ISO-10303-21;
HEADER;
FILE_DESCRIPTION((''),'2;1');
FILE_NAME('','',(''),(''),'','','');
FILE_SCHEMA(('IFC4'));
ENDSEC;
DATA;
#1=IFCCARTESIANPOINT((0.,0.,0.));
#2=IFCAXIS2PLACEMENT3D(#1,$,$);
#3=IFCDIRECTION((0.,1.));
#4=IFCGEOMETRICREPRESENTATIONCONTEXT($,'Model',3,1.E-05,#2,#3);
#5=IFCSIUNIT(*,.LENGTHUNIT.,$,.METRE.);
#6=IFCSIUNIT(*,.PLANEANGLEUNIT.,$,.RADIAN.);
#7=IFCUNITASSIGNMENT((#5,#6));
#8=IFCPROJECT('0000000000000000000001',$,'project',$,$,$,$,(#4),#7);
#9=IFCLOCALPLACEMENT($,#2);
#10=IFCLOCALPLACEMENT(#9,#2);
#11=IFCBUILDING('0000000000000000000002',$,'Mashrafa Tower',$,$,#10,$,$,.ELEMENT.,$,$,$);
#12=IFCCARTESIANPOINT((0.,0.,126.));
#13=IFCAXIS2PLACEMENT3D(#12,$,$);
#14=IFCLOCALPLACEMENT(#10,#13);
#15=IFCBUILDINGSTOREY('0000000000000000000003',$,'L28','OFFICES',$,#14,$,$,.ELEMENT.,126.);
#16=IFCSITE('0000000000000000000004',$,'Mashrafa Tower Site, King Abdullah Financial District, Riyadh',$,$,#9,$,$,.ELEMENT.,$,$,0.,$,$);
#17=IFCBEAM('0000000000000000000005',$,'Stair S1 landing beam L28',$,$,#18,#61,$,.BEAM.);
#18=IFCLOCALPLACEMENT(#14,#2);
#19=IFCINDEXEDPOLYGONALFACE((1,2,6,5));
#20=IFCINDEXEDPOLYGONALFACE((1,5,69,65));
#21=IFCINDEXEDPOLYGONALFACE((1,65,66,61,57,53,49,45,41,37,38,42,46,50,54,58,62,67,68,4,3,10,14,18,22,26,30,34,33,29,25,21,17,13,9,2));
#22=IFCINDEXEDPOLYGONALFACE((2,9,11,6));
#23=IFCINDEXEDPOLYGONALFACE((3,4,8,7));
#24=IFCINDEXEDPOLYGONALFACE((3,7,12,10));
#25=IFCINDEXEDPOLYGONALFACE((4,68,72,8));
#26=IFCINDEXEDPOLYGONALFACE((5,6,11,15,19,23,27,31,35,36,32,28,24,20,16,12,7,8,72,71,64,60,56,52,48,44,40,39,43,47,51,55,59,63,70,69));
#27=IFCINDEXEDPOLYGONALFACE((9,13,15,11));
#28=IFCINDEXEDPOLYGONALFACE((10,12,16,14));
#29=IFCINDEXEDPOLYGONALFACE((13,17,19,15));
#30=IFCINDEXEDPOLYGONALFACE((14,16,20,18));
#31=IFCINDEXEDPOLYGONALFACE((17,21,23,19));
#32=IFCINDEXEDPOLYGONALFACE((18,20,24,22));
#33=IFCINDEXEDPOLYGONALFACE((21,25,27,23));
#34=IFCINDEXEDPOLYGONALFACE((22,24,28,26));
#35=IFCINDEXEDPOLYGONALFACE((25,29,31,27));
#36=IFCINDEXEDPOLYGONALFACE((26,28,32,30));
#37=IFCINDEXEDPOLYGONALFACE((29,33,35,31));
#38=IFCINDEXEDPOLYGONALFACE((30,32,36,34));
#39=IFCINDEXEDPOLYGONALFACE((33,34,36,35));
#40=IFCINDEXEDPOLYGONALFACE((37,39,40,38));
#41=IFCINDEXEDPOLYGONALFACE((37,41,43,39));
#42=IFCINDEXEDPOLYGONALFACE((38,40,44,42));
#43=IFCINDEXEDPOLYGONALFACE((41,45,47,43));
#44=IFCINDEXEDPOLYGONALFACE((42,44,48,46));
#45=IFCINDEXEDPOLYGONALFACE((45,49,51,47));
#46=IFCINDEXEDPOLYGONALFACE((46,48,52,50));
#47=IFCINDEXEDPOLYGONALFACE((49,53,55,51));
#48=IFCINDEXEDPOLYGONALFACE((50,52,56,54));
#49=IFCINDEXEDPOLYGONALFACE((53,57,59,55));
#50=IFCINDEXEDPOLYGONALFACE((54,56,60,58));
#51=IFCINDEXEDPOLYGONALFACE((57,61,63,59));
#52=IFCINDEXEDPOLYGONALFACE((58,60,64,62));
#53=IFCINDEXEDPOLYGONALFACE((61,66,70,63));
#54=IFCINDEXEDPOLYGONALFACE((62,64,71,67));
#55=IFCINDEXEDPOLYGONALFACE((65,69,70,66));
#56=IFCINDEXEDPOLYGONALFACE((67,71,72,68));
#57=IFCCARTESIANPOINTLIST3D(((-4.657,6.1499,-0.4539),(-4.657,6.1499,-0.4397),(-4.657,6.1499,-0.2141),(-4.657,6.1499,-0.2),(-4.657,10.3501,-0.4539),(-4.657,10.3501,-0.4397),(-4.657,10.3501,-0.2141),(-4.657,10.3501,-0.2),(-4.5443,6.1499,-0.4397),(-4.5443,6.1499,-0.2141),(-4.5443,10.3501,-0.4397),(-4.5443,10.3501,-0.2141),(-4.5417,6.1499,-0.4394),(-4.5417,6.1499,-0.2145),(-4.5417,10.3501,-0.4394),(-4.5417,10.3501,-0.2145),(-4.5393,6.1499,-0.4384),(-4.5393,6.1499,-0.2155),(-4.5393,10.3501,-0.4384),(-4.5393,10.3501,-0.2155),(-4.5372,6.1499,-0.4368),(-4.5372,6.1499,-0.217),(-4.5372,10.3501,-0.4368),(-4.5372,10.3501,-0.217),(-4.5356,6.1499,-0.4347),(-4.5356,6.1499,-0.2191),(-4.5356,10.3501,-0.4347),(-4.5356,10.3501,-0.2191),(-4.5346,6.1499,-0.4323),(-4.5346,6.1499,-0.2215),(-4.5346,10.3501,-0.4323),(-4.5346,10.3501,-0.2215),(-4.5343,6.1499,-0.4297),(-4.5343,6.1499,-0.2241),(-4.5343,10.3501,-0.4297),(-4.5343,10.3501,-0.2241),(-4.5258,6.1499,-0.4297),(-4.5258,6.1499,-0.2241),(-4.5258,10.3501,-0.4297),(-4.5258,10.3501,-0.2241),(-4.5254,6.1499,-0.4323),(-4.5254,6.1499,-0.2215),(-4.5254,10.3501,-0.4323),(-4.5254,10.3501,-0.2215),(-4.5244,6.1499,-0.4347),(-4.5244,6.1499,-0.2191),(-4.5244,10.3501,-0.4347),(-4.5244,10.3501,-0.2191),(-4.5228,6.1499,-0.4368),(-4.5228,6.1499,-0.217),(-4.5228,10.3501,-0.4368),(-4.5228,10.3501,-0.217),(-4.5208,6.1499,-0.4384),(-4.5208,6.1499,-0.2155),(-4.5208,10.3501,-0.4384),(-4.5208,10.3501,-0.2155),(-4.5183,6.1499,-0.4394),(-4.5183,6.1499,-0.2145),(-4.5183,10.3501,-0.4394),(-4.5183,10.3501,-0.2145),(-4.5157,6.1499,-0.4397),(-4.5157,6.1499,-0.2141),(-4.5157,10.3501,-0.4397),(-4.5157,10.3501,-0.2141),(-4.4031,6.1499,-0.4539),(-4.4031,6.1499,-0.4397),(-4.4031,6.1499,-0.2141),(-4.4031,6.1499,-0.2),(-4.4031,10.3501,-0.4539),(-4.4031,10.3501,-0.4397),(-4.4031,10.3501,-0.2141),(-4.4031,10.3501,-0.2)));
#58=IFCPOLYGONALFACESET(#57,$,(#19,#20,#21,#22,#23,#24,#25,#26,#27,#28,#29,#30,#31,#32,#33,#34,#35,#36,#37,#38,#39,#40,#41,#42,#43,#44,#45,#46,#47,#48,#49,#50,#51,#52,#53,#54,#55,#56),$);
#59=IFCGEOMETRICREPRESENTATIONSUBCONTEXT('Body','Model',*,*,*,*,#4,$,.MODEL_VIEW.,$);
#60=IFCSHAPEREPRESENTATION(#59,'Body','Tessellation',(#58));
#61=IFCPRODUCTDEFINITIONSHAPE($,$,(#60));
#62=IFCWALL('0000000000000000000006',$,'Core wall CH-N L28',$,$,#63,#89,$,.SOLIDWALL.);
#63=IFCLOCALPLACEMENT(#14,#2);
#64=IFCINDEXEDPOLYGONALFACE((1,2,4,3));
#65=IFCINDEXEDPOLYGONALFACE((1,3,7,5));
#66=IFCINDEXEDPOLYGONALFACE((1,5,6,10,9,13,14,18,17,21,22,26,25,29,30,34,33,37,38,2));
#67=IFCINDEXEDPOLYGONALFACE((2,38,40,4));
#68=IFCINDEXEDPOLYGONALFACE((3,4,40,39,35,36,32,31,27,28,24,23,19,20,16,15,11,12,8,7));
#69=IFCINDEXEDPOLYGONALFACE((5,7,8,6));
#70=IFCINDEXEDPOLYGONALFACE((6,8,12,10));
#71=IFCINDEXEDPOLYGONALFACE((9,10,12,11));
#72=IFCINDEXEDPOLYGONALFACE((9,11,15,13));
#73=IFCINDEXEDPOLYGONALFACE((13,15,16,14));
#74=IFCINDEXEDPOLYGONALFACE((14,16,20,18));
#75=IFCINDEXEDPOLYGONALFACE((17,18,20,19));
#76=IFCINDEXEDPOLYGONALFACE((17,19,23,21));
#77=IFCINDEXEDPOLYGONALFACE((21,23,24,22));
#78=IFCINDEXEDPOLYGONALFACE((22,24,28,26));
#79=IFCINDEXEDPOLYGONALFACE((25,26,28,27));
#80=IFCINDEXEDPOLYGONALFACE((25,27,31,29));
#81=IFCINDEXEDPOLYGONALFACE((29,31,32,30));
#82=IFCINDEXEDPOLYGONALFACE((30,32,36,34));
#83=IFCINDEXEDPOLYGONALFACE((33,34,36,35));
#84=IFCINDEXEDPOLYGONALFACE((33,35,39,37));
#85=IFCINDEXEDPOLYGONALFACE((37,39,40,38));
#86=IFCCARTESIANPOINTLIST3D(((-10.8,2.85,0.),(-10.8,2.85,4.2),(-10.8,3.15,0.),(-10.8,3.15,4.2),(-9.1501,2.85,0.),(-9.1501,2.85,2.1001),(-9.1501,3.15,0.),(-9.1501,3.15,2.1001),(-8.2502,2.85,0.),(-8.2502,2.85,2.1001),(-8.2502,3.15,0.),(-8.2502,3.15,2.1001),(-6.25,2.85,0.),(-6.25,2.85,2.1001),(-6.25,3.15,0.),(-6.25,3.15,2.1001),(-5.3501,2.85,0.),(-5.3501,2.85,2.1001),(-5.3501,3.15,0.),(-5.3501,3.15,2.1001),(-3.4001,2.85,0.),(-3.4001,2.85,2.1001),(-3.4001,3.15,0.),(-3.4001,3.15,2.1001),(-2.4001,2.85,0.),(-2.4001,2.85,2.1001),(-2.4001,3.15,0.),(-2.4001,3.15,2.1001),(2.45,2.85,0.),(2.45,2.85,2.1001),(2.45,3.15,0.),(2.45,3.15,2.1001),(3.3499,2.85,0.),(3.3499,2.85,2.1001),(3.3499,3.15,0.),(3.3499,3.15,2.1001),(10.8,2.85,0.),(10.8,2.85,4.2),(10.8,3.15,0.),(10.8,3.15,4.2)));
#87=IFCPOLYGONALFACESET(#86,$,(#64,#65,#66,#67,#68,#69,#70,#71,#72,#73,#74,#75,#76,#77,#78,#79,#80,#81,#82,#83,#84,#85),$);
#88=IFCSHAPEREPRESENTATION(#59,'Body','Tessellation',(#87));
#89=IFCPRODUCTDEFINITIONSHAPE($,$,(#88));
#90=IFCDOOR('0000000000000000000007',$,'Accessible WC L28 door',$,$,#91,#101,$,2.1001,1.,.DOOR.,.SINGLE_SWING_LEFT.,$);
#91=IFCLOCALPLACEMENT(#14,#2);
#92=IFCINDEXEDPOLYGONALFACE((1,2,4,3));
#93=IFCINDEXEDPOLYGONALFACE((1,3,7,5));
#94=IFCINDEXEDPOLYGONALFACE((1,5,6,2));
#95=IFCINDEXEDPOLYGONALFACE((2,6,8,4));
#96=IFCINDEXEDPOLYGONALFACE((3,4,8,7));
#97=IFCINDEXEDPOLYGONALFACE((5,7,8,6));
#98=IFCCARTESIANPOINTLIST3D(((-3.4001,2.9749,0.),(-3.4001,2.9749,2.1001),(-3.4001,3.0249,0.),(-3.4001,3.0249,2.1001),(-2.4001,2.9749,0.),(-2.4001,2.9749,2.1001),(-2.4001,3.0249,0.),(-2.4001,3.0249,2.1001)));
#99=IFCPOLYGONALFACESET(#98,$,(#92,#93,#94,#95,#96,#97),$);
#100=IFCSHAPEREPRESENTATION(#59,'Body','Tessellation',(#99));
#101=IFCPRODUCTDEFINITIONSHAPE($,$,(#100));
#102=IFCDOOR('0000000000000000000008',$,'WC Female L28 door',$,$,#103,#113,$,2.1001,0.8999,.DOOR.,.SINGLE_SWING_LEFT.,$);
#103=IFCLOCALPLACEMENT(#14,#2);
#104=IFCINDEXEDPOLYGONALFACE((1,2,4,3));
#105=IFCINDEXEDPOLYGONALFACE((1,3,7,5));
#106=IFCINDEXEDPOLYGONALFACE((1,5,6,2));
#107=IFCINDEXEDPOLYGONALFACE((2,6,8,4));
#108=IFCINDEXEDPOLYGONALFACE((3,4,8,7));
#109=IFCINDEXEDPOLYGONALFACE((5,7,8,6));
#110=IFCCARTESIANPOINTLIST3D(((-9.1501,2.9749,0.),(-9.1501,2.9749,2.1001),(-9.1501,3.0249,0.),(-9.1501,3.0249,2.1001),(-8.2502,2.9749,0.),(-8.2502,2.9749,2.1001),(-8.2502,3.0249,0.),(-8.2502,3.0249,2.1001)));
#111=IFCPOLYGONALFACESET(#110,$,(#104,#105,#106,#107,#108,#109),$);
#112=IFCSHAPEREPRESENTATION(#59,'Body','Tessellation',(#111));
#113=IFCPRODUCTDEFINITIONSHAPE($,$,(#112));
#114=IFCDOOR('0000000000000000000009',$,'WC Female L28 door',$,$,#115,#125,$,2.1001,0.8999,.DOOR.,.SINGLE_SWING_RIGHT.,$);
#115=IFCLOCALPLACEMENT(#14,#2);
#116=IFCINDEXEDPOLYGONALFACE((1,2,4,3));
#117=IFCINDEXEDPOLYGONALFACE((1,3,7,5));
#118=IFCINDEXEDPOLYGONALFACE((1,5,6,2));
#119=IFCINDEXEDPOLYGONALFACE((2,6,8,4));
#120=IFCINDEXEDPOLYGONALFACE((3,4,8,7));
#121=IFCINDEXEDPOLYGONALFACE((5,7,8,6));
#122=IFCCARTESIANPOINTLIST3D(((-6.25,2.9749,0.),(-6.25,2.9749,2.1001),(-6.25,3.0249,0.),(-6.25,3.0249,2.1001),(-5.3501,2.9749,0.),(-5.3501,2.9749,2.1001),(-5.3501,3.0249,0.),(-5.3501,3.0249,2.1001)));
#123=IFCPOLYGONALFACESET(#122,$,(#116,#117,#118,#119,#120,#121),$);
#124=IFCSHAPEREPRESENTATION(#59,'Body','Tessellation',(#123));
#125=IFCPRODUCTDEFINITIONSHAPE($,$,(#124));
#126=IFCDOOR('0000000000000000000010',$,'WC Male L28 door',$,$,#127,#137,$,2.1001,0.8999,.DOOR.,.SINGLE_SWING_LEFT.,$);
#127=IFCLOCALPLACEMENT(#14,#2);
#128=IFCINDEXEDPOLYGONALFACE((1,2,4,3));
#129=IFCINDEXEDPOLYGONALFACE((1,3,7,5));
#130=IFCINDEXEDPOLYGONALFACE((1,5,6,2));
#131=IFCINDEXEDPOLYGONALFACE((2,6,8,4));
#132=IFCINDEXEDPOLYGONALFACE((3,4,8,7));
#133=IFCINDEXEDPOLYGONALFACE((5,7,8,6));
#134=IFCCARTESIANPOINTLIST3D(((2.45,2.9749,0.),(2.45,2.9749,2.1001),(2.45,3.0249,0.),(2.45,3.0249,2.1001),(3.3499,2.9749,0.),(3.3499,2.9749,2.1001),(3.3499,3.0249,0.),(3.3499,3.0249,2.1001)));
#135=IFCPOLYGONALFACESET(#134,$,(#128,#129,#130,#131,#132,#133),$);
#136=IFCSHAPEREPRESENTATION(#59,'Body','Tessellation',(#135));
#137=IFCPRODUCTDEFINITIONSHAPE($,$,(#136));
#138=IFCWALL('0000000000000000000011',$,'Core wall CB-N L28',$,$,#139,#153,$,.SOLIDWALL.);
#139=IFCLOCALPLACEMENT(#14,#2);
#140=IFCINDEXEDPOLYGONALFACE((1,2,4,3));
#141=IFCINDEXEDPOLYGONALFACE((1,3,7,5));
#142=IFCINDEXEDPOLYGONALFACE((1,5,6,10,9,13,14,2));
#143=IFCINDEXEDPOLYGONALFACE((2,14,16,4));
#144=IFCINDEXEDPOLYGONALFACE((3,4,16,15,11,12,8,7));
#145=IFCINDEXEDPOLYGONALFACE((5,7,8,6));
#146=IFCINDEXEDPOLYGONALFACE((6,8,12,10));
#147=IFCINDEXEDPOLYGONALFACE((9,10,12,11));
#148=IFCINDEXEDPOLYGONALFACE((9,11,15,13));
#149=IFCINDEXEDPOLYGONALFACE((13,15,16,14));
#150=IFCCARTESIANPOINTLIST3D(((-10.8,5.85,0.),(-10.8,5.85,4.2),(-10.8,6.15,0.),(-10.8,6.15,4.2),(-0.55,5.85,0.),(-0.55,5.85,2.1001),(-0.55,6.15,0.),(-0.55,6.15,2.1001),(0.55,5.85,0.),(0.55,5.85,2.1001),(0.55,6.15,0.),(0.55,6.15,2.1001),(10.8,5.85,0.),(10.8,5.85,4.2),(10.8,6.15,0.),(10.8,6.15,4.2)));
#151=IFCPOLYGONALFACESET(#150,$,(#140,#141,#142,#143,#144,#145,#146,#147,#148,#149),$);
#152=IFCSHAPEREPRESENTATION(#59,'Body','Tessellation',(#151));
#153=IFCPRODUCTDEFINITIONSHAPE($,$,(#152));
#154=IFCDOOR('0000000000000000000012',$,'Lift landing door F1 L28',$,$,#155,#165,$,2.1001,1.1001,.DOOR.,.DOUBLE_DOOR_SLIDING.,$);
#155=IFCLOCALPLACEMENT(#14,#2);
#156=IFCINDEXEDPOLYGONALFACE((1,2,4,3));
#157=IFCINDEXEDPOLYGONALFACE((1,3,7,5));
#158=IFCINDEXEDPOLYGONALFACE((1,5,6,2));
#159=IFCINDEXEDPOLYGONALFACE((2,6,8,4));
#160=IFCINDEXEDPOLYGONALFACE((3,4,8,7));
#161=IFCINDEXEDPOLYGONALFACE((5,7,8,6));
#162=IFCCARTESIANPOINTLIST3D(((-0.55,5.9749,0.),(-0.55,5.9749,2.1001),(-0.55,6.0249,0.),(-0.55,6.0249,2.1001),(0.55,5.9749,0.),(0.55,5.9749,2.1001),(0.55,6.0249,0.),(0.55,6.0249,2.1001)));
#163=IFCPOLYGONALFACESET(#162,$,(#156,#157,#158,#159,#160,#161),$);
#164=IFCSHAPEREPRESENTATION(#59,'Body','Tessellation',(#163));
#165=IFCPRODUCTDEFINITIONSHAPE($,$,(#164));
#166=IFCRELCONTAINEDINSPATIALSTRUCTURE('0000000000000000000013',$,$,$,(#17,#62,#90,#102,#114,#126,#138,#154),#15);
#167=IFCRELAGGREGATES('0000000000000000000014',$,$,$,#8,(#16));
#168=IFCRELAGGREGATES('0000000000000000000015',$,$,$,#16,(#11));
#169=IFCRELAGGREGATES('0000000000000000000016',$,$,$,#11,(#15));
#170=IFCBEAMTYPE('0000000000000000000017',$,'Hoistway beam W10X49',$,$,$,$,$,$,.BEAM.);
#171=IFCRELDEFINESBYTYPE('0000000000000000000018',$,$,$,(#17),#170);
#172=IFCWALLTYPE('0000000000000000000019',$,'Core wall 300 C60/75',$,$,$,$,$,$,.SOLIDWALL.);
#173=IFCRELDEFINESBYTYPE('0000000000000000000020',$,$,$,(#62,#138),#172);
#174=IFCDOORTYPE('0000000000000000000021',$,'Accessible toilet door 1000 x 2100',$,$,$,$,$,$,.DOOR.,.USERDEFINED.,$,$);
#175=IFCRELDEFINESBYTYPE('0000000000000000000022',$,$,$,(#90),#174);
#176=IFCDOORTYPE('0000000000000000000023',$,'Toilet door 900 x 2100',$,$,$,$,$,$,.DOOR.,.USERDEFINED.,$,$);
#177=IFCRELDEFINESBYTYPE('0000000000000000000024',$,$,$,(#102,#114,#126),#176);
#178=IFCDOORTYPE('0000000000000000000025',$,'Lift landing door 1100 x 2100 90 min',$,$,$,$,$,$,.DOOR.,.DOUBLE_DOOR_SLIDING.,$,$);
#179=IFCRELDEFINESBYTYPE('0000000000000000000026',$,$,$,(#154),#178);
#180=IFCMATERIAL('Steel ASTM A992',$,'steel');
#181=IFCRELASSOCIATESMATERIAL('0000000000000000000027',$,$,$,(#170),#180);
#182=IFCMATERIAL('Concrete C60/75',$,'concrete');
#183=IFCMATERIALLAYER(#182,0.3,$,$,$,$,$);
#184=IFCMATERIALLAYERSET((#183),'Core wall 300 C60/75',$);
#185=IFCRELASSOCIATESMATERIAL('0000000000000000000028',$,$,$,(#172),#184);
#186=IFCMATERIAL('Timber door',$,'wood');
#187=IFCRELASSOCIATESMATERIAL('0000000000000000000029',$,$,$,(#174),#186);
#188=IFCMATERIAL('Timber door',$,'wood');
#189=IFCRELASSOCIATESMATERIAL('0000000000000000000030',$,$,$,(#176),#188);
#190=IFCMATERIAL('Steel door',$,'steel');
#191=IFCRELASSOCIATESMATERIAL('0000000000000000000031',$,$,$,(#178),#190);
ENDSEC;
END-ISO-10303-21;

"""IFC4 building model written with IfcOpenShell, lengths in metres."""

from ifc_helpers import new_model, si_unit, direction, frame, frame_2d, origin, origin_2d, place, context, subcontext, project, spatial, rectangle, i_section, extrude, material, layer, layer_set, material_profile, profile_set, type_object, element, fill, save


model = new_model("IFC4")

# Units and contexts
model_context = context("Model", 3, precision=1e-05, world=origin(), true_north=direction((0.0, 1.0)))
body_context = subcontext(model_context, "Body", "Model", "MODEL_VIEW")
ifc_project = project(units=[si_unit("LENGTHUNIT", "METRE"), si_unit("PLANEANGLEUNIT", "RADIAN")], contexts=[model_context])

# Site, building, storey
site_placement = place(None, origin())
site = spatial("IfcSite", under=ifc_project, at=site_placement, Name="Mashrafa Tower Site, King Abdullah Financial District, Riyadh", CompositionType="ELEMENT", RefElevation=0.0)
building_placement = place(site_placement, origin())
building = spatial("IfcBuilding", under=site, at=building_placement, Name="Mashrafa Tower", CompositionType="ELEMENT")
storey_placement = place(building_placement, frame((0.0, 0.0, 126.0)))
storey = spatial("IfcBuildingStorey", under=building, at=storey_placement, Name="L28", Description="OFFICES", CompositionType="ELEMENT", Elevation=126.0)

# Beam
ifc_material_1 = material(Name="Steel ASTM A992", Category="steel")
ifc_material_profile_1 = material_profile(ifc_material_1, i_section(OverallWidth=0.2539, OverallDepth=0.2539, WebThickness=0.0085, FlangeThickness=0.0142, FilletRadius=0.01, at=origin_2d()), Name="W10X49")
ifc_profile_set_1 = profile_set([ifc_material_profile_1], Name="Steel ASTM A992")
beam_type_1 = type_object("IfcBeamType", Name="Hoistway beam W10X49", PredefinedType="BEAM", material=ifc_profile_set_1)
beam_1_placement = place(storey_placement, frame((-4.53, 6.1499, -0.3269), z_axis=(0.0, 1.0, 0.0), x_axis=(-1.0, 0.0, 0.0)))
element("IfcBeam", 1, at=beam_1_placement, inside=storey, type_object=beam_type_1, Name="Stair S1 landing beam L28", PredefinedType="BEAM", context=body_context, shape_type="SweptSolid", body=[
    extrude(i_section(OverallWidth=0.2539, OverallDepth=0.2539, WebThickness=0.0085, FlangeThickness=0.0142, FilletRadius=0.01, at=origin_2d()), origin(), (0.0, 0.0, 1.0), 4.2002),
])

# Wall, openings, doors
ifc_material_2 = material(Name="Concrete C60/75", Category="concrete")
ifc_layer_1 = layer(ifc_material_2, 0.3)
ifc_layer_set_1 = layer_set([ifc_layer_1], Name="Core wall 300 C60/75")
wall_type_1 = type_object("IfcWallType", Name="Core wall 300 C60/75", PredefinedType="SOLIDWALL", material=ifc_layer_set_1)
wall_1_placement = place(storey_placement, frame((-10.8, 3.0, 0.0), z_axis=(0.0, 0.0, 1.0), x_axis=(1.0, 0.0, 0.0)))
wall_1 = element("IfcWall", 2, at=wall_1_placement, inside=storey, type_object=wall_type_1, Name="Core wall CH-N L28", PredefinedType="SOLIDWALL", context=body_context, shape_type="SweptSolid", body=[
    extrude(rectangle(XDim=21.6001, YDim=0.3, at=frame_2d((10.8, 0.0))), origin(), (0.0, 0.0, 1.0), 4.2),
])
opening_1_placement = place(wall_1_placement, frame((1.6499, 0.0, 0.0)))
opening_1 = element("IfcOpeningElement", 3, at=opening_1_placement, cuts=wall_1, PredefinedType="OPENING", context=body_context, shape_type="SweptSolid", body=[
    extrude(rectangle(XDim=0.8999, YDim=2.1001, at=frame_2d((0.45, 1.05))), frame((0.0, 0.1599, 0.0), z_axis=(0.0, -1.0, 0.0), x_axis=(1.0, 0.0, 0.0)), (0.0, 0.0, 1.0), 0.3201),
])
opening_2_placement = place(wall_1_placement, frame((4.55, 0.0, 0.0)))
opening_2 = element("IfcOpeningElement", 4, at=opening_2_placement, cuts=wall_1, PredefinedType="OPENING", context=body_context, shape_type="SweptSolid", body=[
    extrude(rectangle(XDim=0.8999, YDim=2.1001, at=frame_2d((0.45, 1.05))), frame((0.0, 0.1599, 0.0), z_axis=(0.0, -1.0, 0.0), x_axis=(1.0, 0.0, 0.0)), (0.0, 0.0, 1.0), 0.3201),
])
opening_3_placement = place(wall_1_placement, frame((7.3999, 0.0, 0.0)))
opening_3 = element("IfcOpeningElement", 5, at=opening_3_placement, cuts=wall_1, PredefinedType="OPENING", context=body_context, shape_type="SweptSolid", body=[
    extrude(rectangle(XDim=1.0, YDim=2.1001, at=frame_2d((0.5, 1.05))), frame((0.0, 0.1599, 0.0), z_axis=(0.0, -1.0, 0.0), x_axis=(1.0, 0.0, 0.0)), (0.0, 0.0, 1.0), 0.3201),
])
opening_4_placement = place(wall_1_placement, frame((13.25, 0.0, 0.0)))
opening_4 = element("IfcOpeningElement", 6, at=opening_4_placement, cuts=wall_1, PredefinedType="OPENING", context=body_context, shape_type="SweptSolid", body=[
    extrude(rectangle(XDim=0.8999, YDim=2.1001, at=frame_2d((0.45, 1.05))), frame((0.0, 0.1599, 0.0), z_axis=(0.0, -1.0, 0.0), x_axis=(1.0, 0.0, 0.0)), (0.0, 0.0, 1.0), 0.3201),
])
ifc_material_3 = material(Name="Timber door", Category="wood")
door_type_1 = type_object("IfcDoorType", Name="Accessible toilet door 1000 x 2100", OperationType="USERDEFINED", PredefinedType="DOOR", material=ifc_material_3)
door_1_placement = place(opening_3_placement, origin())
door_1 = element("IfcDoor", 7, at=door_1_placement, inside=storey, type_object=door_type_1, Name="Accessible WC L28 door", OperationType="SINGLE_SWING_LEFT", OverallHeight=2.1001, OverallWidth=1.0, PredefinedType="DOOR", context=body_context, shape_type="SweptSolid", body=[
    extrude(rectangle(XDim=1.0, YDim=2.1001, at=frame_2d((0.5, 1.05))), frame((0.0, 0.0249, 0.0), z_axis=(0.0, -1.0, 0.0), x_axis=(1.0, 0.0, 0.0)), (0.0, 0.0, 1.0), 0.05),
])
fill(opening_3, door_1)
ifc_material_4 = material(Name="Timber door", Category="wood")
door_type_2 = type_object("IfcDoorType", Name="Toilet door 900 x 2100", OperationType="USERDEFINED", PredefinedType="DOOR", material=ifc_material_4)
door_2_placement = place(opening_1_placement, origin())
door_2 = element("IfcDoor", 8, at=door_2_placement, inside=storey, type_object=door_type_2, Name="WC Female L28 door", OperationType="SINGLE_SWING_LEFT", OverallHeight=2.1001, OverallWidth=0.8999, PredefinedType="DOOR", context=body_context, shape_type="SweptSolid", body=[
    extrude(rectangle(XDim=0.8999, YDim=2.1001, at=frame_2d((0.45, 1.05))), frame((0.0, 0.0249, 0.0), z_axis=(0.0, -1.0, 0.0), x_axis=(1.0, 0.0, 0.0)), (0.0, 0.0, 1.0), 0.05),
])
fill(opening_1, door_2)
door_3_placement = place(opening_2_placement, origin())
door_3 = element("IfcDoor", 9, at=door_3_placement, inside=storey, type_object=door_type_2, Name="WC Female L28 door", OperationType="SINGLE_SWING_RIGHT", OverallHeight=2.1001, OverallWidth=0.8999, PredefinedType="DOOR", context=body_context, shape_type="SweptSolid", body=[
    extrude(rectangle(XDim=0.8999, YDim=2.1001, at=frame_2d((0.45, 1.05))), frame((0.0, 0.0249, 0.0), z_axis=(0.0, -1.0, 0.0), x_axis=(1.0, 0.0, 0.0)), (0.0, 0.0, 1.0), 0.05),
])
fill(opening_2, door_3)
door_4_placement = place(opening_4_placement, origin())
door_4 = element("IfcDoor", 10, at=door_4_placement, inside=storey, type_object=door_type_2, Name="WC Male L28 door", OperationType="SINGLE_SWING_LEFT", OverallHeight=2.1001, OverallWidth=0.8999, PredefinedType="DOOR", context=body_context, shape_type="SweptSolid", body=[
    extrude(rectangle(XDim=0.8999, YDim=2.1001, at=frame_2d((0.45, 1.05))), frame((0.0, 0.0249, 0.0), z_axis=(0.0, -1.0, 0.0), x_axis=(1.0, 0.0, 0.0)), (0.0, 0.0, 1.0), 0.05),
])
fill(opening_4, door_4)

# Wall, opening, door
wall_2_placement = place(storey_placement, frame((-10.8, 6.0, 0.0), z_axis=(0.0, 0.0, 1.0), x_axis=(1.0, 0.0, 0.0)))
wall_2 = element("IfcWall", 11, at=wall_2_placement, inside=storey, type_object=wall_type_1, Name="Core wall CB-N L28", PredefinedType="SOLIDWALL", context=body_context, shape_type="SweptSolid", body=[
    extrude(rectangle(XDim=21.6001, YDim=0.3, at=frame_2d((10.8, 0.0))), origin(), (0.0, 0.0, 1.0), 4.2),
])
opening_5_placement = place(wall_2_placement, frame((10.25, 0.0, 0.0)))
opening_5 = element("IfcOpeningElement", 12, at=opening_5_placement, cuts=wall_2, PredefinedType="OPENING", context=body_context, shape_type="SweptSolid", body=[
    extrude(rectangle(XDim=1.1001, YDim=2.1001, at=frame_2d((0.55, 1.05))), frame((0.0, 0.1599, 0.0), z_axis=(0.0, -1.0, 0.0), x_axis=(1.0, 0.0, 0.0)), (0.0, 0.0, 1.0), 0.3201),
])
ifc_material_5 = material(Name="Steel door", Category="steel")
door_type_3 = type_object("IfcDoorType", Name="Lift landing door 1100 x 2100 90 min", OperationType="DOUBLE_DOOR_SLIDING", PredefinedType="DOOR", material=ifc_material_5)
door_5_placement = place(opening_5_placement, origin())
door_5 = element("IfcDoor", 13, at=door_5_placement, inside=storey, type_object=door_type_3, Name="Lift landing door F1 L28", OperationType="DOUBLE_DOOR_SLIDING", OverallHeight=2.1001, OverallWidth=1.1001, PredefinedType="DOOR", context=body_context, shape_type="SweptSolid", body=[
    extrude(rectangle(XDim=1.1001, YDim=2.1001, at=frame_2d((0.55, 1.05))), frame((0.0, 0.0249, 0.0), z_axis=(0.0, -1.0, 0.0), x_axis=(1.0, 0.0, 0.0)), (0.0, 0.0, 1.0), 0.05),
])
fill(opening_5, door_5)

save(model, "model.ifc")
